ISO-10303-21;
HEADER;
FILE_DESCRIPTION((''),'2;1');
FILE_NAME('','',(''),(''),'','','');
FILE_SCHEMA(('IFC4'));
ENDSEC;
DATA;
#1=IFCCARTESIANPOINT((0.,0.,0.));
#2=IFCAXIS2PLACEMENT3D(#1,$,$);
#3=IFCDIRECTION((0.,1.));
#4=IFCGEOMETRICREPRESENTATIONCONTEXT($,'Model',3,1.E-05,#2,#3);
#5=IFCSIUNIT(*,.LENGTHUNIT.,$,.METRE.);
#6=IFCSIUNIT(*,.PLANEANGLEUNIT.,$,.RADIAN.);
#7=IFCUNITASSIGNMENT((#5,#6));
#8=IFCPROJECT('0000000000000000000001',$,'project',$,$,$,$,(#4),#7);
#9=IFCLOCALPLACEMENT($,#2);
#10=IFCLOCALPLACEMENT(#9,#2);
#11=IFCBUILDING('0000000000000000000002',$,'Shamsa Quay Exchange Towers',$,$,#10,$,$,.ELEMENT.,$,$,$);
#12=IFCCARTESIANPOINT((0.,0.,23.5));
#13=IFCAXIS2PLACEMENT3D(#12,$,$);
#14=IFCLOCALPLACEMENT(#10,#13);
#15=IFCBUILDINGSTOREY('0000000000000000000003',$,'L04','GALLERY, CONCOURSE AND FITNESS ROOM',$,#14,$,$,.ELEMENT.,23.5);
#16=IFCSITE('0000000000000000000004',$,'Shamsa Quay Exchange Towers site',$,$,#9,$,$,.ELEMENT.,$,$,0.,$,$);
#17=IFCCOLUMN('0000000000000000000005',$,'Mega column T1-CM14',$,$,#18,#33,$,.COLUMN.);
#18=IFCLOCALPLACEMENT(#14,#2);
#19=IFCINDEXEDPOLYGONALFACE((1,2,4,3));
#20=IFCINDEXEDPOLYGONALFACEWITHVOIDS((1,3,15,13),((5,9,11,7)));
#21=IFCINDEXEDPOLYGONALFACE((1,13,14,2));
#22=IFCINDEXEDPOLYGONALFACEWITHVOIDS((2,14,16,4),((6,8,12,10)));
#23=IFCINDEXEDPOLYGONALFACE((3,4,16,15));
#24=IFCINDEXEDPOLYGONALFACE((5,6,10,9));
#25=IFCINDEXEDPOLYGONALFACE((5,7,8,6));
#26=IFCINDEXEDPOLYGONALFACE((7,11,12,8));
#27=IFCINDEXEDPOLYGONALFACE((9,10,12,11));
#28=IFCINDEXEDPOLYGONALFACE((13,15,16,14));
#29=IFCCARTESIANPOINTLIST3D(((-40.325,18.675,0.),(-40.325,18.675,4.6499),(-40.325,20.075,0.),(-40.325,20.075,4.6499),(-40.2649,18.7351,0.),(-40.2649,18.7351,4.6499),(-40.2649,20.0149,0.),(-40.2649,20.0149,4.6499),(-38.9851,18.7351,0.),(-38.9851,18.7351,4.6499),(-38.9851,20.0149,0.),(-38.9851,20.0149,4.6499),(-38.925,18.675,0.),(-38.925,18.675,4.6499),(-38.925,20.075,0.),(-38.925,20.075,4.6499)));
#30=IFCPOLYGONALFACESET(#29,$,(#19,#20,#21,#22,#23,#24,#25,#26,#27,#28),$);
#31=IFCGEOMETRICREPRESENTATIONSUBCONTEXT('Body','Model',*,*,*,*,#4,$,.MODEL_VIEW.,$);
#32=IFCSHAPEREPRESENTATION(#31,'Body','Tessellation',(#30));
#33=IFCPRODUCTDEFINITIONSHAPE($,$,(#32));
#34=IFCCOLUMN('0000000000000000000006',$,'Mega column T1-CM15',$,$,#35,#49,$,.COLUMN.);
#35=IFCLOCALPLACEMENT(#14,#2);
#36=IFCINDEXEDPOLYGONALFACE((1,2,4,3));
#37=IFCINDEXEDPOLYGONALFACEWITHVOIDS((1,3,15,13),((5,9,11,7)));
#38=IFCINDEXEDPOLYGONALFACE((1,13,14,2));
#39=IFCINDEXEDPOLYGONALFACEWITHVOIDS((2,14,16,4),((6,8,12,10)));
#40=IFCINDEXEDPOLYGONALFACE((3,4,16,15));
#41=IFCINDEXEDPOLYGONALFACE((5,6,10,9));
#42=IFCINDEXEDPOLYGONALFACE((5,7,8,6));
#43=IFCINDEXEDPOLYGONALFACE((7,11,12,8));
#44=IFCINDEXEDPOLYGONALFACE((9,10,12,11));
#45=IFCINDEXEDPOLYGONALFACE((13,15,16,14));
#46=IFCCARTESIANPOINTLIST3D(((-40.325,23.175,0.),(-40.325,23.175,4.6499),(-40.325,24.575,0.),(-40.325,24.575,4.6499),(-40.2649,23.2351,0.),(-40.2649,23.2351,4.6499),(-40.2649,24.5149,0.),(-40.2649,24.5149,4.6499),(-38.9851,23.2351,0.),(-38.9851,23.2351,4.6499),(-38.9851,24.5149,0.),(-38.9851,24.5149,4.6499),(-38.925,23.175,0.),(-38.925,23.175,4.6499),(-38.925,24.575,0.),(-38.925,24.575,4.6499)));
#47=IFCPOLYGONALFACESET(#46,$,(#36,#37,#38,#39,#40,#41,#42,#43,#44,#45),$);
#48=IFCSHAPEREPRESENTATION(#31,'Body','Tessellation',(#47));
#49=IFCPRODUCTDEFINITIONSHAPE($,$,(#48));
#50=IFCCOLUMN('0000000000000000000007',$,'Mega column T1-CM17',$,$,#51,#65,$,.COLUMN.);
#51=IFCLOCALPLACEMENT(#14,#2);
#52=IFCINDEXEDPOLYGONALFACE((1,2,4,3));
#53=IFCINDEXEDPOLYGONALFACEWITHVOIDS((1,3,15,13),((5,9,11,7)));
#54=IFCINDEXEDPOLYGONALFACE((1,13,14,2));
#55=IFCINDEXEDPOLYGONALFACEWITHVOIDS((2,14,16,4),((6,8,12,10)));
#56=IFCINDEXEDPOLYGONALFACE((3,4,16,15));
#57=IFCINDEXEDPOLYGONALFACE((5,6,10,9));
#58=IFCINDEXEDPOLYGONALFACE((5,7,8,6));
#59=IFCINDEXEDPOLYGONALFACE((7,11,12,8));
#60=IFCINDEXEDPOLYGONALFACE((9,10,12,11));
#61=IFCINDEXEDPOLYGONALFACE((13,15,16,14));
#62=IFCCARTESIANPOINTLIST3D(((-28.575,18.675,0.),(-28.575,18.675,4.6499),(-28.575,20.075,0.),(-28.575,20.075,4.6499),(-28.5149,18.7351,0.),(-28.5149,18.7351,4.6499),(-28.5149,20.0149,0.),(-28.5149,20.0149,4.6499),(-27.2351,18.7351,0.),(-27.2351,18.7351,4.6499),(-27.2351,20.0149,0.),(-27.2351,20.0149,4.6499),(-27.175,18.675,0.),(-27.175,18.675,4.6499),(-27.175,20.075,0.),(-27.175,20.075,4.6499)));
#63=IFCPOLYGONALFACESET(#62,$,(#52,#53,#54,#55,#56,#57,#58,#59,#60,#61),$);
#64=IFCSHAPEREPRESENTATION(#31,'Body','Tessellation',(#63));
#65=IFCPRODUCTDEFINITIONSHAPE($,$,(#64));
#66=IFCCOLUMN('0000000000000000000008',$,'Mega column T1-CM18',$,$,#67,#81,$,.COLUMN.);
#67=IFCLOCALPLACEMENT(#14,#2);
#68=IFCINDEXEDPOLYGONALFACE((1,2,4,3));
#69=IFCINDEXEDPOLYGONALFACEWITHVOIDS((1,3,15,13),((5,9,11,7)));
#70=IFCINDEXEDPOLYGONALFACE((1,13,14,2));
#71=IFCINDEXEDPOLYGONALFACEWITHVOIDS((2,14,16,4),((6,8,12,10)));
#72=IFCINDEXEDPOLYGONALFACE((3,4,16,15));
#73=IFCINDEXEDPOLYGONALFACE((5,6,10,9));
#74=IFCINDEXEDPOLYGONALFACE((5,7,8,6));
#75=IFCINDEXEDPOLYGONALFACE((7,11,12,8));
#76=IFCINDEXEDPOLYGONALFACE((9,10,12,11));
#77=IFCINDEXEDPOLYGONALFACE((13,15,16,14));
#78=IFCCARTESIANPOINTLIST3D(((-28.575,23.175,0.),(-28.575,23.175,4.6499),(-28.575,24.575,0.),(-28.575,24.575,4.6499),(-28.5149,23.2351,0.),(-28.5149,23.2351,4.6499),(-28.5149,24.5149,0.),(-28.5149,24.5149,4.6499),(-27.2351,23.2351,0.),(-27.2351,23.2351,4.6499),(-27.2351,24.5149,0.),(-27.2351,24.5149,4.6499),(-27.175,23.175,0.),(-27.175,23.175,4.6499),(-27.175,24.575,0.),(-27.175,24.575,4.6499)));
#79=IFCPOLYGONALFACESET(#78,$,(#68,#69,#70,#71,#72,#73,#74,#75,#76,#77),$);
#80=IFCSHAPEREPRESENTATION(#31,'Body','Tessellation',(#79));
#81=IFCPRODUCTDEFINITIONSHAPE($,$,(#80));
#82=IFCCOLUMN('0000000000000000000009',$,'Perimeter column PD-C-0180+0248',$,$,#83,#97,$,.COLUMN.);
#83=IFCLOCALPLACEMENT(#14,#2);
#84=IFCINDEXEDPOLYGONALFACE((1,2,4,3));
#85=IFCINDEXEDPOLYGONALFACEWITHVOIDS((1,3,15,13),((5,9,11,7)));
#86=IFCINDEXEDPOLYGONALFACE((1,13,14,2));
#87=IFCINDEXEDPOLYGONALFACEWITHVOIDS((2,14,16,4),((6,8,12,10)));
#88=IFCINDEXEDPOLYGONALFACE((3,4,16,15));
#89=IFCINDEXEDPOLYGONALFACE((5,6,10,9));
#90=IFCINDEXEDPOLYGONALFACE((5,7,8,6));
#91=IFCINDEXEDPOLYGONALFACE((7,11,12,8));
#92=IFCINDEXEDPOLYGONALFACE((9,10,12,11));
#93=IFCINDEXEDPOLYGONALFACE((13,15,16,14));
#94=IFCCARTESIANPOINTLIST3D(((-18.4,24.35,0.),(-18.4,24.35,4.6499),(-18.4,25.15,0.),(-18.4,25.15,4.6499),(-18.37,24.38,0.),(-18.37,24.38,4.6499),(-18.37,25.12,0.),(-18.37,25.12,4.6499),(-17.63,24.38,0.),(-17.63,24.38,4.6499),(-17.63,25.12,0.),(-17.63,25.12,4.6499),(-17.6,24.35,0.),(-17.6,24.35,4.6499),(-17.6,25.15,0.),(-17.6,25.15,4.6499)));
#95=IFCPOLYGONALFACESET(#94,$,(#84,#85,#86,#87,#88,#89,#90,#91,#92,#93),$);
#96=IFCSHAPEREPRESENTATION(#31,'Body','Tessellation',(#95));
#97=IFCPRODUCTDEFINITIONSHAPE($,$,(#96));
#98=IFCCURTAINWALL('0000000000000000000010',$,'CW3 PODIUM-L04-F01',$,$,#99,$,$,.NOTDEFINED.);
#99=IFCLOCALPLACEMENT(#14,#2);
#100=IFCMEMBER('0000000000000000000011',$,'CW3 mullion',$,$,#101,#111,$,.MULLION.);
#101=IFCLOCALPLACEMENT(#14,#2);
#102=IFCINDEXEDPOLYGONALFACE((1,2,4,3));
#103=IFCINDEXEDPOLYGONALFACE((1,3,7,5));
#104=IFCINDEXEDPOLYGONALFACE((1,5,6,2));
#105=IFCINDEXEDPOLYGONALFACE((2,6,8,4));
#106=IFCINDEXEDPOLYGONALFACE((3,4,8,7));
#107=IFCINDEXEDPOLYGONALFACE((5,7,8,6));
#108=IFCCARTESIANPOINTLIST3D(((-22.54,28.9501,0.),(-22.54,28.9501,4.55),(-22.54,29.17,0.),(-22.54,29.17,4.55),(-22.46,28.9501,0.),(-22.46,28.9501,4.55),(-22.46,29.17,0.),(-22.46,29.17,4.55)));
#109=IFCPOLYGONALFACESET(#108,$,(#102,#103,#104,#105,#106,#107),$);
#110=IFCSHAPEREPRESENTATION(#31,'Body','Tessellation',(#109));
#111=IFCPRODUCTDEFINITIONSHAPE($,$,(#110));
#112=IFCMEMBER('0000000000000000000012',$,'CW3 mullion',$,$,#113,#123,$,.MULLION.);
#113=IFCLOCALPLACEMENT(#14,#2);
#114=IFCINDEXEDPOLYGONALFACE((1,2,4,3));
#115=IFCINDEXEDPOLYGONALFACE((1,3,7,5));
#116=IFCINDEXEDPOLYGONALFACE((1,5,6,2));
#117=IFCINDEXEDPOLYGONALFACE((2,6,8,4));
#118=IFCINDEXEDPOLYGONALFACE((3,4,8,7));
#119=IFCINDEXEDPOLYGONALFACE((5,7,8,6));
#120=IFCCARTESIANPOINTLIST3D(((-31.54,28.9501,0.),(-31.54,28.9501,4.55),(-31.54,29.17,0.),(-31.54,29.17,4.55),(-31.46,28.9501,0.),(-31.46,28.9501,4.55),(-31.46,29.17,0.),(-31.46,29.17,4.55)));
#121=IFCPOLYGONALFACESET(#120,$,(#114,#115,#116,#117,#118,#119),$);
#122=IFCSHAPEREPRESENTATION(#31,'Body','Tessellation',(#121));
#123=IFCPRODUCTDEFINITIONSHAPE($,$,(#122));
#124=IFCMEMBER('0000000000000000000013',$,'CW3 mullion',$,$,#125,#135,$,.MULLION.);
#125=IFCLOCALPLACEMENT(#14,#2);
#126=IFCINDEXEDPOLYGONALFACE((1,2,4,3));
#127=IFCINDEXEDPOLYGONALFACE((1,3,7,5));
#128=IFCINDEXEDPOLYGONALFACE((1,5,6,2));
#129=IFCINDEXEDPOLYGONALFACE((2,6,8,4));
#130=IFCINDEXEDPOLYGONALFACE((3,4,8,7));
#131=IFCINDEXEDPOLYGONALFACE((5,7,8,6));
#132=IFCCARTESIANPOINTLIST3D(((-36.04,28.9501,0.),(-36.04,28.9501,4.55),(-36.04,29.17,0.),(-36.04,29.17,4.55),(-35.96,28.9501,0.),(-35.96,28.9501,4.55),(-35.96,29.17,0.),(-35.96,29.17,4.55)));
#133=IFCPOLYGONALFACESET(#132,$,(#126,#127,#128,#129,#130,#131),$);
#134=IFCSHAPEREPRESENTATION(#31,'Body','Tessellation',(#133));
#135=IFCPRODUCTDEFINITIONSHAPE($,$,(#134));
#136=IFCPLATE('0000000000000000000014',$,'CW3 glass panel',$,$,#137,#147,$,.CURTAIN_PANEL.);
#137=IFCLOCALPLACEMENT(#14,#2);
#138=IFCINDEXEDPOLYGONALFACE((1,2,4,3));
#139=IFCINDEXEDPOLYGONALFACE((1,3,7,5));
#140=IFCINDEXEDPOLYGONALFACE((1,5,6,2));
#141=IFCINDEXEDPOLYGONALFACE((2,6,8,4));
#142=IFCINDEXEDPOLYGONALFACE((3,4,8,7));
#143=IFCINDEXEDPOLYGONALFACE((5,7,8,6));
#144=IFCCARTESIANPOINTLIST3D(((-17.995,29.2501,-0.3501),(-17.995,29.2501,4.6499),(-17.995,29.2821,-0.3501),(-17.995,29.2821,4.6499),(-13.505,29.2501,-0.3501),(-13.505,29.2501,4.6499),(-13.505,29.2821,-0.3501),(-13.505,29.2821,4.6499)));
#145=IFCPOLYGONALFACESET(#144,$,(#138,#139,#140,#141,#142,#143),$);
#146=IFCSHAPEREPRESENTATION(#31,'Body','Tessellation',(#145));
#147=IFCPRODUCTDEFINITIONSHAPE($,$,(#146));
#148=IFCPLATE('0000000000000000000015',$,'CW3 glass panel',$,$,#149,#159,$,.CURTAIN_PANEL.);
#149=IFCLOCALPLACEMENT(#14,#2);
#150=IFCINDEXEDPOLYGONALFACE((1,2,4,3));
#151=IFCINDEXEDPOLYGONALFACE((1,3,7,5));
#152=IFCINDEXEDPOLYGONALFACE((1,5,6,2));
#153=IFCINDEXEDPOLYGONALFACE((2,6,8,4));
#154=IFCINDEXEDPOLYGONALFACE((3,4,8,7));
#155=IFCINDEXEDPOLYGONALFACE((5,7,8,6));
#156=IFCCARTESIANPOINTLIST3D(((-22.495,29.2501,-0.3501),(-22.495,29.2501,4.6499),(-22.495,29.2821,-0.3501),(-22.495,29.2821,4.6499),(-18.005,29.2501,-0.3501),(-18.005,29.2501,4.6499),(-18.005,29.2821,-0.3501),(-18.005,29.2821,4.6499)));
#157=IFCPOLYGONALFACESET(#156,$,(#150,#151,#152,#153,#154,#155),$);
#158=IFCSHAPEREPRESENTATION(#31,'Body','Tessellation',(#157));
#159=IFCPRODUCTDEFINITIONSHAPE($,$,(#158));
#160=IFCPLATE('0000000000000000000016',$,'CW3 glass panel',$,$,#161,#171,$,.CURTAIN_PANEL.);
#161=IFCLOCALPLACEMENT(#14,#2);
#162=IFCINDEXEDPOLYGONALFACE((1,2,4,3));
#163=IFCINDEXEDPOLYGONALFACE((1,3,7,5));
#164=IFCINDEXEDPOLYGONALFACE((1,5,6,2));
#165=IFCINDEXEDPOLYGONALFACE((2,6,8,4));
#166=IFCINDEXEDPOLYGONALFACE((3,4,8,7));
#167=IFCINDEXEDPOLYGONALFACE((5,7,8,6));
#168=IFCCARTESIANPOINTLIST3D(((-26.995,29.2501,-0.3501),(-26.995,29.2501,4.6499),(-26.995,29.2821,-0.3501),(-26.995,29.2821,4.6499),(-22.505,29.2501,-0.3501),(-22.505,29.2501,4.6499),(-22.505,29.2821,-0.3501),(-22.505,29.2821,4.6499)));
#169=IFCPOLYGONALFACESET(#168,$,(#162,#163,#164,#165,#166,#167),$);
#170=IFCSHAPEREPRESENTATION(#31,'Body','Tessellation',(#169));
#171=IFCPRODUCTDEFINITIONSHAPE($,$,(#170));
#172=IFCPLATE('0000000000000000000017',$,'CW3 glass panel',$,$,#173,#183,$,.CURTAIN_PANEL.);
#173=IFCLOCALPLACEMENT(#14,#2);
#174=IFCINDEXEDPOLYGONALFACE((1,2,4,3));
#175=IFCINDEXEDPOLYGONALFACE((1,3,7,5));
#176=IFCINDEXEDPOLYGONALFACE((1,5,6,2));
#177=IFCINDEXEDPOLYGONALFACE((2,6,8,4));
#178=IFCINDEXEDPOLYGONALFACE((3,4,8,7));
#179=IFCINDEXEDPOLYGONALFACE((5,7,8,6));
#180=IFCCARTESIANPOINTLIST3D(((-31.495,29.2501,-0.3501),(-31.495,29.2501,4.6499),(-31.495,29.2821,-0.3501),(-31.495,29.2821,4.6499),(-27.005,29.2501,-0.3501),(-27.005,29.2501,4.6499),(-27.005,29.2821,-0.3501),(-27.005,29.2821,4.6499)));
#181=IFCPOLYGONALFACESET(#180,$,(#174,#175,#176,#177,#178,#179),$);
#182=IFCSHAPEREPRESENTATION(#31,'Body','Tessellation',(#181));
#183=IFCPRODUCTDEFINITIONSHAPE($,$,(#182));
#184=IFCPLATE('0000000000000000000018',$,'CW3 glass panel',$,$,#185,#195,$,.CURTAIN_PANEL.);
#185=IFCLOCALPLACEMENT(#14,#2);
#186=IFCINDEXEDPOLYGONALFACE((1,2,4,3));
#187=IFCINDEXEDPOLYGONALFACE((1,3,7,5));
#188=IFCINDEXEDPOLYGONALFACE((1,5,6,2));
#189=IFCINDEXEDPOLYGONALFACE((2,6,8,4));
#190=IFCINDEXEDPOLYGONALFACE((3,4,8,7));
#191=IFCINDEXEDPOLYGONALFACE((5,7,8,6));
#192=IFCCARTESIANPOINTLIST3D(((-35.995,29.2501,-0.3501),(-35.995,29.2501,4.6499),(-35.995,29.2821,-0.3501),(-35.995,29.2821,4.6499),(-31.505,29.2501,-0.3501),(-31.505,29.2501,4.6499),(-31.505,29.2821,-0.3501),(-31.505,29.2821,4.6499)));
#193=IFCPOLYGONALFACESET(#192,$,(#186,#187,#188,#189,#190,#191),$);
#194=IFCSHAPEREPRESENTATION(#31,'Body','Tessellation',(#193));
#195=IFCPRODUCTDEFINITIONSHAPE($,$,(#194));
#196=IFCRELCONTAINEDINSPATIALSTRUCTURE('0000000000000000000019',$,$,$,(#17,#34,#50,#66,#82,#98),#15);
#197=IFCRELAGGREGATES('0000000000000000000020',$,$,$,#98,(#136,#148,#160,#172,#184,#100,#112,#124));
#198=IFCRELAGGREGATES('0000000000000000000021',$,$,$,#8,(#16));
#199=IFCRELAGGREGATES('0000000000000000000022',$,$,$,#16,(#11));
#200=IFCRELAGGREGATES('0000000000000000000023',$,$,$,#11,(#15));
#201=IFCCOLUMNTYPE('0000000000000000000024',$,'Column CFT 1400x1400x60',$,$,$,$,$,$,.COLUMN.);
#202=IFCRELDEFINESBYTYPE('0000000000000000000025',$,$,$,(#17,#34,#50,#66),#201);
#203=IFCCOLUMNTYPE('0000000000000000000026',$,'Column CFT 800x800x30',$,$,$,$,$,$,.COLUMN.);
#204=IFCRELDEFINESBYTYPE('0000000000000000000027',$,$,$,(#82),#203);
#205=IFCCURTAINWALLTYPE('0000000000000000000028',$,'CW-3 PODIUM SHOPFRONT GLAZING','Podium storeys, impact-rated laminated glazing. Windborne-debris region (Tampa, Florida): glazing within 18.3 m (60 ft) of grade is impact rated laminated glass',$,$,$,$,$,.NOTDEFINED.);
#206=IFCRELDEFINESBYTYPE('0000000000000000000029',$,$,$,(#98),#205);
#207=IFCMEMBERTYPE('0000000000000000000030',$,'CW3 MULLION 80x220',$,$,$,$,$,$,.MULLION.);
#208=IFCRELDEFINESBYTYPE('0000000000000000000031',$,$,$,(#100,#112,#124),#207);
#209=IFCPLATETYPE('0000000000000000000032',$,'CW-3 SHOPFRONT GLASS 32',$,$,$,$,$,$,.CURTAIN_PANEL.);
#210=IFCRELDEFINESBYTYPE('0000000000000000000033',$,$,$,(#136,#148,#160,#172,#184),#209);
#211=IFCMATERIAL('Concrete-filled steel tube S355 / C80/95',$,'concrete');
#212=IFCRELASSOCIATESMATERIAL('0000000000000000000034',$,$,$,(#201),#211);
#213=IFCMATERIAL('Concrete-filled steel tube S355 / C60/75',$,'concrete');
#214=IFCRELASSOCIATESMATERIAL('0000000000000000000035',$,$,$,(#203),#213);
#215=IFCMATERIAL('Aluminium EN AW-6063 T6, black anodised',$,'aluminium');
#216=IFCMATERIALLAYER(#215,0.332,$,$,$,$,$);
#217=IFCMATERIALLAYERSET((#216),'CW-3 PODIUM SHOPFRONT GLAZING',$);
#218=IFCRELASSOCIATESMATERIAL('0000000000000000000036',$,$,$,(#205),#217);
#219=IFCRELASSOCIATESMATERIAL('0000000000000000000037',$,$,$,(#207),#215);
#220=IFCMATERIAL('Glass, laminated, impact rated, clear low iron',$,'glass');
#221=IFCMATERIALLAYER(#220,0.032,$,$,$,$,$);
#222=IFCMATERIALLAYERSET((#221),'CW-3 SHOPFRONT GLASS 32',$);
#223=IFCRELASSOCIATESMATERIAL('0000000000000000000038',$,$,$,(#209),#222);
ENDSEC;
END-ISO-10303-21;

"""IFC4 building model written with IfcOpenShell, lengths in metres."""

from ifc_helpers import new_model, si_unit, direction, frame, origin, origin_2d, place, context, subcontext, project, spatial, rectangle, hollow_rectangle, extrude, material, layer, layer_set, material_profile, profile_set, type_object, element, aggregate, save


model = new_model("IFC4")

# Units and contexts
model_context = context("Model", 3, precision=1e-05, world=origin(), true_north=direction((0.0, 1.0)))
body_context = subcontext(model_context, "Body", "Model", "MODEL_VIEW")
ifc_project = project(units=[si_unit("LENGTHUNIT", "METRE"), si_unit("PLANEANGLEUNIT", "RADIAN")], contexts=[model_context])

# Site, building, storey
site_placement = place(None, origin())
site = spatial("IfcSite", under=ifc_project, at=site_placement, Name="Shamsa Quay Exchange Towers site", CompositionType="ELEMENT", RefElevation=0.0)
building_placement = place(site_placement, origin())
building = spatial("IfcBuilding", under=site, at=building_placement, Name="Shamsa Quay Exchange Towers", CompositionType="ELEMENT")
storey_placement = place(building_placement, frame((0.0, 0.0, 23.5)))
storey = spatial("IfcBuildingStorey", under=building, at=storey_placement, Name="L04", Description="GALLERY, CONCOURSE AND FITNESS ROOM", CompositionType="ELEMENT", Elevation=23.5)

# Columns
ifc_material_1 = material(Name="Concrete-filled steel tube S355 / C80/95", Category="concrete")
ifc_material_profile_1 = material_profile(ifc_material_1, hollow_rectangle(XDim=1.3999, YDim=1.3999, WallThickness=0.0601, at=origin_2d()), Name="CFT 1400x1400x60")
ifc_profile_set_1 = profile_set([ifc_material_profile_1], Name="Concrete-filled steel tube S355 / C80/95")
column_type_1 = type_object("IfcColumnType", Name="Column CFT 1400x1400x60", PredefinedType="COLUMN", material=ifc_profile_set_1)
for number, where, name in (
    (1, (-39.625, 19.375, 0.0), "Mega column T1-CM14"),
    (2, (-39.625, 23.875, 0.0), "Mega column T1-CM15"),
    (3, (-27.875, 19.375, 0.0), "Mega column T1-CM17"),
    (4, (-27.875, 23.875, 0.0), "Mega column T1-CM18"),
):
    element("IfcColumn", number, at=place(storey_placement, frame(where)), inside=storey, type_object=column_type_1, Name=name, PredefinedType="COLUMN", context=body_context, shape_type="SweptSolid", body=[
        extrude(hollow_rectangle(XDim=1.3999, YDim=1.3999, WallThickness=0.0601, at=origin_2d()), origin(), (0.0, 0.0, 1.0), 4.6499),
    ])
ifc_material_2 = material(Name="Concrete-filled steel tube S355 / C60/75", Category="concrete")
ifc_material_profile_2 = material_profile(ifc_material_2, hollow_rectangle(XDim=0.8, YDim=0.8, WallThickness=0.03, at=origin_2d()), Name="CFT 800x800x30")
ifc_profile_set_2 = profile_set([ifc_material_profile_2], Name="Concrete-filled steel tube S355 / C60/75")
column_type_2 = type_object("IfcColumnType", Name="Column CFT 800x800x30", PredefinedType="COLUMN", material=ifc_profile_set_2)
column_placement = place(storey_placement, frame((-18.0, 24.75, 0.0)))
element("IfcColumn", 5, at=column_placement, inside=storey, type_object=column_type_2, Name="Perimeter column PD-C-0180+0248", PredefinedType="COLUMN", context=body_context, shape_type="SweptSolid", body=[
    extrude(hollow_rectangle(XDim=0.8, YDim=0.8, WallThickness=0.03, at=origin_2d()), origin(), (0.0, 0.0, 1.0), 4.6499),
])

# Curtain wall, members, plates
ifc_material_3 = material(Name="Aluminium EN AW-6063 T6, black anodised", Category="aluminium")
ifc_layer_1 = layer(ifc_material_3, 0.332)
ifc_layer_set_1 = layer_set([ifc_layer_1], Name="CW-3 PODIUM SHOPFRONT GLAZING")
curtain_wall_type = type_object("IfcCurtainWallType", Name="CW-3 PODIUM SHOPFRONT GLAZING", Description="Podium storeys, impact-rated laminated glazing. Windborne-debris region (Tampa, Florida): glazing within 18.3 m (60 ft) of grade is impact rated laminated glass", PredefinedType="NOTDEFINED", material=ifc_layer_set_1)
curtain_wall_placement = place(storey_placement, origin())
curtain_wall = element("IfcCurtainWall", 6, at=curtain_wall_placement, inside=storey, type_object=curtain_wall_type, Name="CW3 PODIUM-L04-F01", PredefinedType="NOTDEFINED")
ifc_material_profile_3 = material_profile(ifc_material_3, rectangle(XDim=0.22, YDim=0.0801, at=origin_2d()), Name="MU80x220")
ifc_profile_set_3 = profile_set([ifc_material_profile_3], Name="Aluminium EN AW-6063 T6, black anodised")
member_type = type_object("IfcMemberType", Name="CW3 MULLION 80x220", PredefinedType="MULLION", material=ifc_profile_set_3)
member_1_placement = place(storey_placement, frame((-22.5, 29.0601, 0.0), z_axis=(0.0, 0.0, 1.0), x_axis=(0.0, -1.0, 0.0)))
member_1 = element("IfcMember", 7, at=member_1_placement, type_object=member_type, Name="CW3 mullion", PredefinedType="MULLION", context=body_context, shape_type="SweptSolid", body=[
    extrude(rectangle(XDim=0.22, YDim=0.0801, at=origin_2d()), origin(), (0.0, 0.0, 1.0), 4.55),
])
member_2_placement = place(storey_placement, frame((-31.5, 29.0601, 0.0), z_axis=(0.0, 0.0, 1.0), x_axis=(0.0, -1.0, 0.0)))
member_2 = element("IfcMember", 8, at=member_2_placement, type_object=member_type, Name="CW3 mullion", PredefinedType="MULLION", context=body_context, shape_type="SweptSolid", body=[
    extrude(rectangle(XDim=0.22, YDim=0.0801, at=origin_2d()), origin(), (0.0, 0.0, 1.0), 4.55),
])
member_3_placement = place(storey_placement, frame((-36.0, 29.0601, 0.0), z_axis=(0.0, 0.0, 1.0), x_axis=(0.0, -1.0, 0.0)))
member_3 = element("IfcMember", 9, at=member_3_placement, type_object=member_type, Name="CW3 mullion", PredefinedType="MULLION", context=body_context, shape_type="SweptSolid", body=[
    extrude(rectangle(XDim=0.22, YDim=0.0801, at=origin_2d()), origin(), (0.0, 0.0, 1.0), 4.55),
])
ifc_material_4 = material(Name="Glass, laminated, impact rated, clear low iron", Category="glass")
ifc_layer_2 = layer(ifc_material_4, 0.032)
ifc_layer_set_2 = layer_set([ifc_layer_2], Name="CW-3 SHOPFRONT GLASS 32")
plate_type = type_object("IfcPlateType", Name="CW-3 SHOPFRONT GLASS 32", PredefinedType="CURTAIN_PANEL", material=ifc_layer_set_2)
plate_1_placement = place(storey_placement, frame((-15.75, 29.2661, -0.3501), z_axis=(0.0, 0.0, 1.0), x_axis=(-1.0, 0.0, 0.0)))
plate_1 = element("IfcPlate", 10, at=plate_1_placement, type_object=plate_type, Name="CW3 glass panel", PredefinedType="CURTAIN_PANEL", context=body_context, shape_type="SweptSolid", body=[
    extrude(rectangle(XDim=4.49, YDim=0.032, at=origin_2d()), origin(), (0.0, 0.0, 1.0), 5.0),
])
plate_2_placement = place(storey_placement, frame((-20.25, 29.2661, -0.3501), z_axis=(0.0, 0.0, 1.0), x_axis=(-1.0, 0.0, 0.0)))
plate_2 = element("IfcPlate", 11, at=plate_2_placement, type_object=plate_type, Name="CW3 glass panel", PredefinedType="CURTAIN_PANEL", context=body_context, shape_type="SweptSolid", body=[
    extrude(rectangle(XDim=4.49, YDim=0.032, at=origin_2d()), origin(), (0.0, 0.0, 1.0), 5.0),
])
plate_3_placement = place(storey_placement, frame((-24.75, 29.2661, -0.3501), z_axis=(0.0, 0.0, 1.0), x_axis=(-1.0, 0.0, 0.0)))
plate_3 = element("IfcPlate", 12, at=plate_3_placement, type_object=plate_type, Name="CW3 glass panel", PredefinedType="CURTAIN_PANEL", context=body_context, shape_type="SweptSolid", body=[
    extrude(rectangle(XDim=4.49, YDim=0.032, at=origin_2d()), origin(), (0.0, 0.0, 1.0), 5.0),
])
plate_4_placement = place(storey_placement, frame((-29.25, 29.2661, -0.3501), z_axis=(0.0, 0.0, 1.0), x_axis=(-1.0, 0.0, 0.0)))
plate_4 = element("IfcPlate", 13, at=plate_4_placement, type_object=plate_type, Name="CW3 glass panel", PredefinedType="CURTAIN_PANEL", context=body_context, shape_type="SweptSolid", body=[
    extrude(rectangle(XDim=4.49, YDim=0.032, at=origin_2d()), origin(), (0.0, 0.0, 1.0), 5.0),
])
plate_5_placement = place(storey_placement, frame((-33.75, 29.2661, -0.3501), z_axis=(0.0, 0.0, 1.0), x_axis=(-1.0, 0.0, 0.0)))
plate_5 = element("IfcPlate", 14, at=plate_5_placement, type_object=plate_type, Name="CW3 glass panel", PredefinedType="CURTAIN_PANEL", context=body_context, shape_type="SweptSolid", body=[
    extrude(rectangle(XDim=4.49, YDim=0.032, at=origin_2d()), origin(), (0.0, 0.0, 1.0), 5.0),
])
aggregate(curtain_wall, [plate_1, plate_2, plate_3, plate_4, plate_5, member_1, member_2, member_3])

save(model, "model.ifc")
